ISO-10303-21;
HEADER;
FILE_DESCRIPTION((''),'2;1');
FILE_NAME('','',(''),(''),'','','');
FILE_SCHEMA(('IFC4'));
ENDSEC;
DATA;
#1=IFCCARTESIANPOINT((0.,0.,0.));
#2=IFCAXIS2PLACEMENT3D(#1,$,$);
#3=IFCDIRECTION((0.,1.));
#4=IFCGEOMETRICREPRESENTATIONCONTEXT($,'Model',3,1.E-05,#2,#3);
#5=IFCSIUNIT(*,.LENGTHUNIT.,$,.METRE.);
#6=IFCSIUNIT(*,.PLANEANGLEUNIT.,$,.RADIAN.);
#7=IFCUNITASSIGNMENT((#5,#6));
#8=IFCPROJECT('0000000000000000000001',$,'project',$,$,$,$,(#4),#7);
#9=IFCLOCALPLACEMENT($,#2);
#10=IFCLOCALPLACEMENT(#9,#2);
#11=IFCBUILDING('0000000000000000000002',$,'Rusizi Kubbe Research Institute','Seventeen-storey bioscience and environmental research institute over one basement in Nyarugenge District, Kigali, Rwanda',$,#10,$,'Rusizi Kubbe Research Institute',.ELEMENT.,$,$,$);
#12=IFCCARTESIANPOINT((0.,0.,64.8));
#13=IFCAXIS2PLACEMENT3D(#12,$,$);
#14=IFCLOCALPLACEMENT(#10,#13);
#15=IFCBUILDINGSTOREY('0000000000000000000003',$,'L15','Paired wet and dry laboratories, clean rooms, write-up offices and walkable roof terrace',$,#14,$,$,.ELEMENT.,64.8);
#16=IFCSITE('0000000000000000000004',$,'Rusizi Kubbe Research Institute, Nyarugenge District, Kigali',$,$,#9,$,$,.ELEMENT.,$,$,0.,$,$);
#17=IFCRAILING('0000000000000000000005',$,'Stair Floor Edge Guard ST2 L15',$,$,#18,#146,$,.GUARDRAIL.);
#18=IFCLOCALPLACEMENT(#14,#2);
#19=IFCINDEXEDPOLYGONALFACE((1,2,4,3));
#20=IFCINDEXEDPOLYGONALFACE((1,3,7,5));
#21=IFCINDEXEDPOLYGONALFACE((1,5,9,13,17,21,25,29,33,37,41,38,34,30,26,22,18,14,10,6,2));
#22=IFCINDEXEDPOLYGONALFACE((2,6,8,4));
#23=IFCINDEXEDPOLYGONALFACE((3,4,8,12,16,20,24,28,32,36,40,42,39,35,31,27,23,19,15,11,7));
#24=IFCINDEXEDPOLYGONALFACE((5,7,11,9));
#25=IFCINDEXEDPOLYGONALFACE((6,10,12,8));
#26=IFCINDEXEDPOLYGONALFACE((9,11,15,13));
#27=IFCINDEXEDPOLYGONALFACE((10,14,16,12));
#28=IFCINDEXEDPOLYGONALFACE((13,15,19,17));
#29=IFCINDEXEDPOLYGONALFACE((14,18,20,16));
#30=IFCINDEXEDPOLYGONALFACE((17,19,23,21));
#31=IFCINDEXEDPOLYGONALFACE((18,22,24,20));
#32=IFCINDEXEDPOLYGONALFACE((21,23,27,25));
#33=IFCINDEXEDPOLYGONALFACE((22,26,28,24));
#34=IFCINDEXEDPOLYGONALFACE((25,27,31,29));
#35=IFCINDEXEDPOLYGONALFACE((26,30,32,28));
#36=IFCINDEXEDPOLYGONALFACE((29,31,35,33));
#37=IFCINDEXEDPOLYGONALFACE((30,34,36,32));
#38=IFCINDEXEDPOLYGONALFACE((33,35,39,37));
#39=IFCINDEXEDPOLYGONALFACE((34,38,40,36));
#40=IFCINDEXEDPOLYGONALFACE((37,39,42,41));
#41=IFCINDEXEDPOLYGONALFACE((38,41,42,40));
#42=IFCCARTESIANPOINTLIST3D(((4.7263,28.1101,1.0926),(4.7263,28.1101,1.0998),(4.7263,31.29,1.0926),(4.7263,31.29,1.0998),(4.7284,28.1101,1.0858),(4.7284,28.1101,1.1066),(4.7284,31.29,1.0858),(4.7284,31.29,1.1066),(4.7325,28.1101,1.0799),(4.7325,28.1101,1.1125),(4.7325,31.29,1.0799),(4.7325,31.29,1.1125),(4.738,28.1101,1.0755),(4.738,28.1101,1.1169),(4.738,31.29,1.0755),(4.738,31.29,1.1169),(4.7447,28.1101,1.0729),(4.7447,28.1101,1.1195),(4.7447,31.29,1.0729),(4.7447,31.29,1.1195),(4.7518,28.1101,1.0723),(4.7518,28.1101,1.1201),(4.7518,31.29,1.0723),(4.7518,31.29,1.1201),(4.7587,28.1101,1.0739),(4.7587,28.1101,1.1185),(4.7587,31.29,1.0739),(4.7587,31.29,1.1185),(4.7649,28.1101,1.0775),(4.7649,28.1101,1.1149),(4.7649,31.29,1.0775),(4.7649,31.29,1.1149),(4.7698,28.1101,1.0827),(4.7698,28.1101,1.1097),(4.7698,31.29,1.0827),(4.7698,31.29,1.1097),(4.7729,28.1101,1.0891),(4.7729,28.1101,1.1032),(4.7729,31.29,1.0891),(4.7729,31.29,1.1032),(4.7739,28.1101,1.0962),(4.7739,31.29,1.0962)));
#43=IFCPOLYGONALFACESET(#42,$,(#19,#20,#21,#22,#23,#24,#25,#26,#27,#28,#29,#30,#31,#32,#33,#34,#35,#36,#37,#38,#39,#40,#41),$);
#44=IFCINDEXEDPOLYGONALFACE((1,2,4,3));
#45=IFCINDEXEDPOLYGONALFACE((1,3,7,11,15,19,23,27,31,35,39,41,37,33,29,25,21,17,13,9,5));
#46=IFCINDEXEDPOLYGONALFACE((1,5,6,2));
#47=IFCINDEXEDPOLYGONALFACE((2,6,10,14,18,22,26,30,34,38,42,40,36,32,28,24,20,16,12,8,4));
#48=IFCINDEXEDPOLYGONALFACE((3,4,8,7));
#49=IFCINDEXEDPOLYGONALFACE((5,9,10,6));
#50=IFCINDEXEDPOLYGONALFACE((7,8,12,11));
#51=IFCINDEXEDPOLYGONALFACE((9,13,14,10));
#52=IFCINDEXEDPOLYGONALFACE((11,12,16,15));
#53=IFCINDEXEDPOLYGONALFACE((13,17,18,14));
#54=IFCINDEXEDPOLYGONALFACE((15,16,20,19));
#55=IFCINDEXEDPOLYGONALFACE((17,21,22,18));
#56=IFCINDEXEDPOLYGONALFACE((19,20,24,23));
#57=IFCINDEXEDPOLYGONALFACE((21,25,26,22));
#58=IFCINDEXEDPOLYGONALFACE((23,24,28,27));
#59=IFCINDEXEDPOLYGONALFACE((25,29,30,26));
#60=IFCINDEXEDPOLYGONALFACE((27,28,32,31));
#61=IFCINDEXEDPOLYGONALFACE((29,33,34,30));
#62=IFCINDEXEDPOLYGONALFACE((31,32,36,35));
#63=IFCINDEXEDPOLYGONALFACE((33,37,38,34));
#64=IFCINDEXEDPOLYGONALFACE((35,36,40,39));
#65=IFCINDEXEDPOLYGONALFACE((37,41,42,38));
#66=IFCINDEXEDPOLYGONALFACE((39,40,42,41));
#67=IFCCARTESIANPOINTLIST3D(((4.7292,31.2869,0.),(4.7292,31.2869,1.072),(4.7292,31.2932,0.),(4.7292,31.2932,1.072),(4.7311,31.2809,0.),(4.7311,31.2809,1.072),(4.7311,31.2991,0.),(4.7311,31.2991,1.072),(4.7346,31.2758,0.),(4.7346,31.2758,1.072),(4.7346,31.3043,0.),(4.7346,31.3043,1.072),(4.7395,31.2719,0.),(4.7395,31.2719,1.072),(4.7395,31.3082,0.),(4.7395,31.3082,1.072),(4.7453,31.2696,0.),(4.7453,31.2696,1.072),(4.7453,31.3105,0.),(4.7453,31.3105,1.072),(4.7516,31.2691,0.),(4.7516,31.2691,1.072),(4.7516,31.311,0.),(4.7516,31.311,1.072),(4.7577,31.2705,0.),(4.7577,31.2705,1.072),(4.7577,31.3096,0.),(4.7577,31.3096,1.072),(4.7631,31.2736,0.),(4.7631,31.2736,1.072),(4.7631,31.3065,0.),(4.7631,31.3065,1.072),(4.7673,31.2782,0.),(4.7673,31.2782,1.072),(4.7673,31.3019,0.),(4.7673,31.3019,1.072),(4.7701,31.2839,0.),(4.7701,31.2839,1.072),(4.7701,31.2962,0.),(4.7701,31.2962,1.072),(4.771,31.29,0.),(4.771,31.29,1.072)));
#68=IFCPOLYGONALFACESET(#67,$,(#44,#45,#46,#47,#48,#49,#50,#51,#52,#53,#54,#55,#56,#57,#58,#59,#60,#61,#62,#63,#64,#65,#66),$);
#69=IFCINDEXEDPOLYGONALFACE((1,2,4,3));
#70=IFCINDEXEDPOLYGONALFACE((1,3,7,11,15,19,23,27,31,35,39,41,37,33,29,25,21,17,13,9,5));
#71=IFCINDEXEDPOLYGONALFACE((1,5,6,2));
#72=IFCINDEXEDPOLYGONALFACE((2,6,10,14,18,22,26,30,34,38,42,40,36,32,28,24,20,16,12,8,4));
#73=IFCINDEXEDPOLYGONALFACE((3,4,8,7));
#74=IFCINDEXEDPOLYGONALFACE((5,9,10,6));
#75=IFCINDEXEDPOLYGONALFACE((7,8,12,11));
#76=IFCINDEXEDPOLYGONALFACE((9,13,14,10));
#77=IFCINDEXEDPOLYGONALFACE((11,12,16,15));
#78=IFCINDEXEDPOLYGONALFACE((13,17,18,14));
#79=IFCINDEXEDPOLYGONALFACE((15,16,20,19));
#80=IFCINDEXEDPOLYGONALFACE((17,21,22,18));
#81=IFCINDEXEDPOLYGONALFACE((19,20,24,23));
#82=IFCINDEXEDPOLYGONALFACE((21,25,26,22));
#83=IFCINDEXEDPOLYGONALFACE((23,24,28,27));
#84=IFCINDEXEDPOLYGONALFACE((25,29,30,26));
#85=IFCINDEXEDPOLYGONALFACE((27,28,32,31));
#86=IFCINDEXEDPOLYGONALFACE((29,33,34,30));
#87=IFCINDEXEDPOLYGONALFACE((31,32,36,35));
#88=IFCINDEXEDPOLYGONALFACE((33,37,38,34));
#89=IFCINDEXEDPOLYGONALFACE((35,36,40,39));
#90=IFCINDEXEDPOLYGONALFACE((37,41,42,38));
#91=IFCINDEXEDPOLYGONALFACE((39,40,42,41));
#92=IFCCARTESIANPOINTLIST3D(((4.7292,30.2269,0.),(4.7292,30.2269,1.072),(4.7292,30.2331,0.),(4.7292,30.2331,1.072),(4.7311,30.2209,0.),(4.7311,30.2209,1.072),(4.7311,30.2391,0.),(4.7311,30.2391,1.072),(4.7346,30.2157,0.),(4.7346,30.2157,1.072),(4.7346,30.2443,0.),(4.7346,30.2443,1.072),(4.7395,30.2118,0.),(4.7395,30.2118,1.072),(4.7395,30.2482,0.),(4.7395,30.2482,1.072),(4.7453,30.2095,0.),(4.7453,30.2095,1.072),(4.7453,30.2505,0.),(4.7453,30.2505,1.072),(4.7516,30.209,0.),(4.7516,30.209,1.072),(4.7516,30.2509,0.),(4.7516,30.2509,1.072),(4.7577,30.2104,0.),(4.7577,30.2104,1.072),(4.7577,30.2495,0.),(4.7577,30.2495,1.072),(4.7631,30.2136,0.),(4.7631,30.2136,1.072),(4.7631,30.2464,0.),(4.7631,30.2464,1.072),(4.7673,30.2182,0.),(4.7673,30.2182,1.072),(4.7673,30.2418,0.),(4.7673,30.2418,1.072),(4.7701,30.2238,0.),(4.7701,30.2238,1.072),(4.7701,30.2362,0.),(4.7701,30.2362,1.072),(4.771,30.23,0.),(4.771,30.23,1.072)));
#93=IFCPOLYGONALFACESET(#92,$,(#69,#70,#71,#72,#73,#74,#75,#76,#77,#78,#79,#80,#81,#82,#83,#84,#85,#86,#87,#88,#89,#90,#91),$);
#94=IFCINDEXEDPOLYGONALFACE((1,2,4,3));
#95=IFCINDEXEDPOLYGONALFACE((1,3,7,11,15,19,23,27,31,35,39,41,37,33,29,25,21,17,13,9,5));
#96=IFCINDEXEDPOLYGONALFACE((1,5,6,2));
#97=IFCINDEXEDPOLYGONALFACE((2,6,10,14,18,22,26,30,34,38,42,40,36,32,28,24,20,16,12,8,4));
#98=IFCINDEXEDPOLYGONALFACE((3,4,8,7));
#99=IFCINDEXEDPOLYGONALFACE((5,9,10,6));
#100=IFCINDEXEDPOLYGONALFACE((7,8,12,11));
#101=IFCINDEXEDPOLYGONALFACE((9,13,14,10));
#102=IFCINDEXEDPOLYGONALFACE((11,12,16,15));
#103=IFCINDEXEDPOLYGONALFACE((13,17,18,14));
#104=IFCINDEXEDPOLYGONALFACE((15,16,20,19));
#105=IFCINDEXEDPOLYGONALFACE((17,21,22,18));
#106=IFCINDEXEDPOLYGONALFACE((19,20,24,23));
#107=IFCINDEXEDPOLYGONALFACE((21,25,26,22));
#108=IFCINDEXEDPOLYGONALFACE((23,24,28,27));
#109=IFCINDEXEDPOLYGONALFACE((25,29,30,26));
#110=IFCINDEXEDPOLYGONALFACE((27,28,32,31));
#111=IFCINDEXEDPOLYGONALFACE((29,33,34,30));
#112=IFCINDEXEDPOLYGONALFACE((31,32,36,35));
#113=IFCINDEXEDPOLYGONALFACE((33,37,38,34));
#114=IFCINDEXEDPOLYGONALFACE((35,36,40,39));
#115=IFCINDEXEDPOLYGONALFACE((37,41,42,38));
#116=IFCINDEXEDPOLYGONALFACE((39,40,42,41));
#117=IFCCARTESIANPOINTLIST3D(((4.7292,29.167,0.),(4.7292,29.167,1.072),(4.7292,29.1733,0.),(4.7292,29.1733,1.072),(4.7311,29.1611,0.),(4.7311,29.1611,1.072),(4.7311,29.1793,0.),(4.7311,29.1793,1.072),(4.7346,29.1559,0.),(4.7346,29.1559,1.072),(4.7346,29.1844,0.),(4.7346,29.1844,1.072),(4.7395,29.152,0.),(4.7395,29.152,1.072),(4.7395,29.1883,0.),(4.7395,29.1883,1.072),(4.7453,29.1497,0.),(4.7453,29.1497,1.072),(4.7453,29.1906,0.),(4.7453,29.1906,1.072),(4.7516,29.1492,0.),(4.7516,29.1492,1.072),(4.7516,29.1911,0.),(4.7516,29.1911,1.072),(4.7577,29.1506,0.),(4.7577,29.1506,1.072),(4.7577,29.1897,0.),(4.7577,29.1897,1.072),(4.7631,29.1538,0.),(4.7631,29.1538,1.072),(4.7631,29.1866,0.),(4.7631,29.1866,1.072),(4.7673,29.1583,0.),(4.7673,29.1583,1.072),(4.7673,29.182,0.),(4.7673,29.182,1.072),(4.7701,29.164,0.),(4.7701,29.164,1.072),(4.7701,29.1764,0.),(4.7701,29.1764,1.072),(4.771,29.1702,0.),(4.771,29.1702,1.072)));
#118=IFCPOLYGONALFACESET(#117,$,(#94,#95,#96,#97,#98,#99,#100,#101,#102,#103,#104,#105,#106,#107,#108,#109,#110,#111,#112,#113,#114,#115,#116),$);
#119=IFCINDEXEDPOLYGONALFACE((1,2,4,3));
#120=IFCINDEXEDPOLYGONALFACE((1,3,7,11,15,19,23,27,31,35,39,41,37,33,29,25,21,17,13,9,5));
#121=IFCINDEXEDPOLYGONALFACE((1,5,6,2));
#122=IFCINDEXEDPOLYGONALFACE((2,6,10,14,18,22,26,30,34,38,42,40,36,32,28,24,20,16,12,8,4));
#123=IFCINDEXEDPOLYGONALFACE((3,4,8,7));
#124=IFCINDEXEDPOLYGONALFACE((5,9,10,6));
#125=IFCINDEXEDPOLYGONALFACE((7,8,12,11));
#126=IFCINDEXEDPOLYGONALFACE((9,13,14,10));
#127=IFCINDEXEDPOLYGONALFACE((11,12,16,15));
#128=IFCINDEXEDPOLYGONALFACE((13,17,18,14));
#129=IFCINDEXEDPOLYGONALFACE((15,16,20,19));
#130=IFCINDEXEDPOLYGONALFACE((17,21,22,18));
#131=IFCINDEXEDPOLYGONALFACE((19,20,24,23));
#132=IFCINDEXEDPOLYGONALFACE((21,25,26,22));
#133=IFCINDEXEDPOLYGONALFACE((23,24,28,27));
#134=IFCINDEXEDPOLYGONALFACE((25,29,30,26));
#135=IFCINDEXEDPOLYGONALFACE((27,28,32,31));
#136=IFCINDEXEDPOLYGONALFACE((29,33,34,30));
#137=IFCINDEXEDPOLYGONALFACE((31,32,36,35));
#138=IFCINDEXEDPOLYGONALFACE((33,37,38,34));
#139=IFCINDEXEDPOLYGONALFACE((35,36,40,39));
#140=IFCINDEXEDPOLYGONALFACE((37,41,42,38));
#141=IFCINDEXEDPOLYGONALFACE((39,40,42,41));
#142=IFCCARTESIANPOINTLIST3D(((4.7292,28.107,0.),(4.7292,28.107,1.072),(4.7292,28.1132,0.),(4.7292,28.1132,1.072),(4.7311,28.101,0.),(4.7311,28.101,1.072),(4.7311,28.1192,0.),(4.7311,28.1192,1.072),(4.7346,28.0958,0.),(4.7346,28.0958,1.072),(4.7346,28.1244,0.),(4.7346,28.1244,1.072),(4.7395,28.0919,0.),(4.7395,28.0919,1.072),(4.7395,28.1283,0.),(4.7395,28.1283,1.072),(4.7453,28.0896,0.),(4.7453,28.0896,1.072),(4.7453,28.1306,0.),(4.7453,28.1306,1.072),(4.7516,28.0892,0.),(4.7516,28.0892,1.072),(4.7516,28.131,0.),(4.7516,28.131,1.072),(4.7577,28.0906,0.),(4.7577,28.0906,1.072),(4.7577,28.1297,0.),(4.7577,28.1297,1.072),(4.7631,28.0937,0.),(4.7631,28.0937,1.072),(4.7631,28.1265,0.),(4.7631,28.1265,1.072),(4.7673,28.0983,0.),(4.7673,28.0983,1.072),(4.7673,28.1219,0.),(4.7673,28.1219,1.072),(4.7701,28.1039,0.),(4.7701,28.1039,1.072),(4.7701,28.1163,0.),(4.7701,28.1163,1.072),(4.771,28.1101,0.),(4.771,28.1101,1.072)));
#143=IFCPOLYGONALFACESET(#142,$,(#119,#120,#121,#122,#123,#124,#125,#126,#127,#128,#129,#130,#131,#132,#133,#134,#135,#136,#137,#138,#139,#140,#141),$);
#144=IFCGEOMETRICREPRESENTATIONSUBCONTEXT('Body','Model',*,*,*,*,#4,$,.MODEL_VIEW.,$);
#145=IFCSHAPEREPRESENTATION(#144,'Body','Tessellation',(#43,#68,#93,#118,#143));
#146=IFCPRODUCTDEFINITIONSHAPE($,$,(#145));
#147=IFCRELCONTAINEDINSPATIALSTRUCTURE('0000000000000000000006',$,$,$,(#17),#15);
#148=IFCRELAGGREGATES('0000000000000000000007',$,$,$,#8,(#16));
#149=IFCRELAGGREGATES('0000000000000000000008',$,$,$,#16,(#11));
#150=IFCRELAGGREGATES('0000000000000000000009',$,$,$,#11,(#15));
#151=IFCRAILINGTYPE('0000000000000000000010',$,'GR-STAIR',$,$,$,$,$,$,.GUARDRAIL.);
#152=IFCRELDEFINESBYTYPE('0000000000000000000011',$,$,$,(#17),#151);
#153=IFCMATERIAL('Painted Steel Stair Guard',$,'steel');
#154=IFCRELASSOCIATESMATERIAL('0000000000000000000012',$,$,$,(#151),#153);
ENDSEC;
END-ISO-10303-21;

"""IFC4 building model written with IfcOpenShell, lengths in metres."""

from ifc_helpers import new_model, si_unit, direction, frame, origin, origin_2d, place, context, subcontext, project, spatial, circle, extrude, material, type_object, element, save


model = new_model("IFC4")

# Units and contexts
model_context = context("Model", 3, precision=1e-05, world=origin(), true_north=direction((0.0, 1.0)))
body_context = subcontext(model_context, "Body", "Model", "MODEL_VIEW")
ifc_project = project(units=[si_unit("LENGTHUNIT", "METRE"), si_unit("PLANEANGLEUNIT", "RADIAN")], contexts=[model_context])

# Site, building, storey
site_placement = place(None, origin())
site = spatial("IfcSite", under=ifc_project, at=site_placement, Name="Rusizi Kubbe Research Institute, Nyarugenge District, Kigali", CompositionType="ELEMENT", RefElevation=0.0)
building_placement = place(site_placement, origin())
building = spatial("IfcBuilding", under=site, at=building_placement, Name="Rusizi Kubbe Research Institute", Description="Seventeen-storey bioscience and environmental research institute over one basement in Nyarugenge District, Kigali, Rwanda", LongName="Rusizi Kubbe Research Institute", CompositionType="ELEMENT")
storey_placement = place(building_placement, frame((0.0, 0.0, 64.8)))
storey = spatial("IfcBuildingStorey", under=building, at=storey_placement, Name="L15", Description="Paired wet and dry laboratories, clean rooms, write-up offices and walkable roof terrace", CompositionType="ELEMENT", Elevation=64.8)

# Railing
ifc_material_1 = material(Name="Painted Steel Stair Guard", Category="steel")
railing_type_1 = type_object("IfcRailingType", Name="GR-STAIR", PredefinedType="GUARDRAIL", material=ifc_material_1)
railing_1_placement = place(storey_placement, frame((4.75, 31.29, 0.0)))
element("IfcRailing", 1, at=railing_1_placement, inside=storey, type_object=railing_type_1, Name="Stair Floor Edge Guard ST2 L15", PredefinedType="GUARDRAIL", context=body_context, shape_type="SweptSolid", body=[
    extrude(circle(Radius=0.0239, at=origin_2d()), frame((0.0, 0.0, 1.0962), z_axis=(0.0, -1.0, 0.0), x_axis=(1.0, 0.0, 0.0)), (0.0, 0.0, 1.0), 3.1799),
    extrude(circle(Radius=0.021, at=origin_2d()), origin(), (0.0, 0.0, 1.0), 1.072),
    extrude(circle(Radius=0.021, at=origin_2d()), frame((0.0, -1.0601, 0.0)), (0.0, 0.0, 1.0), 1.072),
    extrude(circle(Radius=0.021, at=origin_2d()), frame((0.0, -2.1199, 0.0)), (0.0, 0.0, 1.0), 1.072),
    extrude(circle(Radius=0.021, at=origin_2d()), frame((0.0, -3.1799, 0.0)), (0.0, 0.0, 1.0), 1.072),
])

save(model, "model.ifc")
